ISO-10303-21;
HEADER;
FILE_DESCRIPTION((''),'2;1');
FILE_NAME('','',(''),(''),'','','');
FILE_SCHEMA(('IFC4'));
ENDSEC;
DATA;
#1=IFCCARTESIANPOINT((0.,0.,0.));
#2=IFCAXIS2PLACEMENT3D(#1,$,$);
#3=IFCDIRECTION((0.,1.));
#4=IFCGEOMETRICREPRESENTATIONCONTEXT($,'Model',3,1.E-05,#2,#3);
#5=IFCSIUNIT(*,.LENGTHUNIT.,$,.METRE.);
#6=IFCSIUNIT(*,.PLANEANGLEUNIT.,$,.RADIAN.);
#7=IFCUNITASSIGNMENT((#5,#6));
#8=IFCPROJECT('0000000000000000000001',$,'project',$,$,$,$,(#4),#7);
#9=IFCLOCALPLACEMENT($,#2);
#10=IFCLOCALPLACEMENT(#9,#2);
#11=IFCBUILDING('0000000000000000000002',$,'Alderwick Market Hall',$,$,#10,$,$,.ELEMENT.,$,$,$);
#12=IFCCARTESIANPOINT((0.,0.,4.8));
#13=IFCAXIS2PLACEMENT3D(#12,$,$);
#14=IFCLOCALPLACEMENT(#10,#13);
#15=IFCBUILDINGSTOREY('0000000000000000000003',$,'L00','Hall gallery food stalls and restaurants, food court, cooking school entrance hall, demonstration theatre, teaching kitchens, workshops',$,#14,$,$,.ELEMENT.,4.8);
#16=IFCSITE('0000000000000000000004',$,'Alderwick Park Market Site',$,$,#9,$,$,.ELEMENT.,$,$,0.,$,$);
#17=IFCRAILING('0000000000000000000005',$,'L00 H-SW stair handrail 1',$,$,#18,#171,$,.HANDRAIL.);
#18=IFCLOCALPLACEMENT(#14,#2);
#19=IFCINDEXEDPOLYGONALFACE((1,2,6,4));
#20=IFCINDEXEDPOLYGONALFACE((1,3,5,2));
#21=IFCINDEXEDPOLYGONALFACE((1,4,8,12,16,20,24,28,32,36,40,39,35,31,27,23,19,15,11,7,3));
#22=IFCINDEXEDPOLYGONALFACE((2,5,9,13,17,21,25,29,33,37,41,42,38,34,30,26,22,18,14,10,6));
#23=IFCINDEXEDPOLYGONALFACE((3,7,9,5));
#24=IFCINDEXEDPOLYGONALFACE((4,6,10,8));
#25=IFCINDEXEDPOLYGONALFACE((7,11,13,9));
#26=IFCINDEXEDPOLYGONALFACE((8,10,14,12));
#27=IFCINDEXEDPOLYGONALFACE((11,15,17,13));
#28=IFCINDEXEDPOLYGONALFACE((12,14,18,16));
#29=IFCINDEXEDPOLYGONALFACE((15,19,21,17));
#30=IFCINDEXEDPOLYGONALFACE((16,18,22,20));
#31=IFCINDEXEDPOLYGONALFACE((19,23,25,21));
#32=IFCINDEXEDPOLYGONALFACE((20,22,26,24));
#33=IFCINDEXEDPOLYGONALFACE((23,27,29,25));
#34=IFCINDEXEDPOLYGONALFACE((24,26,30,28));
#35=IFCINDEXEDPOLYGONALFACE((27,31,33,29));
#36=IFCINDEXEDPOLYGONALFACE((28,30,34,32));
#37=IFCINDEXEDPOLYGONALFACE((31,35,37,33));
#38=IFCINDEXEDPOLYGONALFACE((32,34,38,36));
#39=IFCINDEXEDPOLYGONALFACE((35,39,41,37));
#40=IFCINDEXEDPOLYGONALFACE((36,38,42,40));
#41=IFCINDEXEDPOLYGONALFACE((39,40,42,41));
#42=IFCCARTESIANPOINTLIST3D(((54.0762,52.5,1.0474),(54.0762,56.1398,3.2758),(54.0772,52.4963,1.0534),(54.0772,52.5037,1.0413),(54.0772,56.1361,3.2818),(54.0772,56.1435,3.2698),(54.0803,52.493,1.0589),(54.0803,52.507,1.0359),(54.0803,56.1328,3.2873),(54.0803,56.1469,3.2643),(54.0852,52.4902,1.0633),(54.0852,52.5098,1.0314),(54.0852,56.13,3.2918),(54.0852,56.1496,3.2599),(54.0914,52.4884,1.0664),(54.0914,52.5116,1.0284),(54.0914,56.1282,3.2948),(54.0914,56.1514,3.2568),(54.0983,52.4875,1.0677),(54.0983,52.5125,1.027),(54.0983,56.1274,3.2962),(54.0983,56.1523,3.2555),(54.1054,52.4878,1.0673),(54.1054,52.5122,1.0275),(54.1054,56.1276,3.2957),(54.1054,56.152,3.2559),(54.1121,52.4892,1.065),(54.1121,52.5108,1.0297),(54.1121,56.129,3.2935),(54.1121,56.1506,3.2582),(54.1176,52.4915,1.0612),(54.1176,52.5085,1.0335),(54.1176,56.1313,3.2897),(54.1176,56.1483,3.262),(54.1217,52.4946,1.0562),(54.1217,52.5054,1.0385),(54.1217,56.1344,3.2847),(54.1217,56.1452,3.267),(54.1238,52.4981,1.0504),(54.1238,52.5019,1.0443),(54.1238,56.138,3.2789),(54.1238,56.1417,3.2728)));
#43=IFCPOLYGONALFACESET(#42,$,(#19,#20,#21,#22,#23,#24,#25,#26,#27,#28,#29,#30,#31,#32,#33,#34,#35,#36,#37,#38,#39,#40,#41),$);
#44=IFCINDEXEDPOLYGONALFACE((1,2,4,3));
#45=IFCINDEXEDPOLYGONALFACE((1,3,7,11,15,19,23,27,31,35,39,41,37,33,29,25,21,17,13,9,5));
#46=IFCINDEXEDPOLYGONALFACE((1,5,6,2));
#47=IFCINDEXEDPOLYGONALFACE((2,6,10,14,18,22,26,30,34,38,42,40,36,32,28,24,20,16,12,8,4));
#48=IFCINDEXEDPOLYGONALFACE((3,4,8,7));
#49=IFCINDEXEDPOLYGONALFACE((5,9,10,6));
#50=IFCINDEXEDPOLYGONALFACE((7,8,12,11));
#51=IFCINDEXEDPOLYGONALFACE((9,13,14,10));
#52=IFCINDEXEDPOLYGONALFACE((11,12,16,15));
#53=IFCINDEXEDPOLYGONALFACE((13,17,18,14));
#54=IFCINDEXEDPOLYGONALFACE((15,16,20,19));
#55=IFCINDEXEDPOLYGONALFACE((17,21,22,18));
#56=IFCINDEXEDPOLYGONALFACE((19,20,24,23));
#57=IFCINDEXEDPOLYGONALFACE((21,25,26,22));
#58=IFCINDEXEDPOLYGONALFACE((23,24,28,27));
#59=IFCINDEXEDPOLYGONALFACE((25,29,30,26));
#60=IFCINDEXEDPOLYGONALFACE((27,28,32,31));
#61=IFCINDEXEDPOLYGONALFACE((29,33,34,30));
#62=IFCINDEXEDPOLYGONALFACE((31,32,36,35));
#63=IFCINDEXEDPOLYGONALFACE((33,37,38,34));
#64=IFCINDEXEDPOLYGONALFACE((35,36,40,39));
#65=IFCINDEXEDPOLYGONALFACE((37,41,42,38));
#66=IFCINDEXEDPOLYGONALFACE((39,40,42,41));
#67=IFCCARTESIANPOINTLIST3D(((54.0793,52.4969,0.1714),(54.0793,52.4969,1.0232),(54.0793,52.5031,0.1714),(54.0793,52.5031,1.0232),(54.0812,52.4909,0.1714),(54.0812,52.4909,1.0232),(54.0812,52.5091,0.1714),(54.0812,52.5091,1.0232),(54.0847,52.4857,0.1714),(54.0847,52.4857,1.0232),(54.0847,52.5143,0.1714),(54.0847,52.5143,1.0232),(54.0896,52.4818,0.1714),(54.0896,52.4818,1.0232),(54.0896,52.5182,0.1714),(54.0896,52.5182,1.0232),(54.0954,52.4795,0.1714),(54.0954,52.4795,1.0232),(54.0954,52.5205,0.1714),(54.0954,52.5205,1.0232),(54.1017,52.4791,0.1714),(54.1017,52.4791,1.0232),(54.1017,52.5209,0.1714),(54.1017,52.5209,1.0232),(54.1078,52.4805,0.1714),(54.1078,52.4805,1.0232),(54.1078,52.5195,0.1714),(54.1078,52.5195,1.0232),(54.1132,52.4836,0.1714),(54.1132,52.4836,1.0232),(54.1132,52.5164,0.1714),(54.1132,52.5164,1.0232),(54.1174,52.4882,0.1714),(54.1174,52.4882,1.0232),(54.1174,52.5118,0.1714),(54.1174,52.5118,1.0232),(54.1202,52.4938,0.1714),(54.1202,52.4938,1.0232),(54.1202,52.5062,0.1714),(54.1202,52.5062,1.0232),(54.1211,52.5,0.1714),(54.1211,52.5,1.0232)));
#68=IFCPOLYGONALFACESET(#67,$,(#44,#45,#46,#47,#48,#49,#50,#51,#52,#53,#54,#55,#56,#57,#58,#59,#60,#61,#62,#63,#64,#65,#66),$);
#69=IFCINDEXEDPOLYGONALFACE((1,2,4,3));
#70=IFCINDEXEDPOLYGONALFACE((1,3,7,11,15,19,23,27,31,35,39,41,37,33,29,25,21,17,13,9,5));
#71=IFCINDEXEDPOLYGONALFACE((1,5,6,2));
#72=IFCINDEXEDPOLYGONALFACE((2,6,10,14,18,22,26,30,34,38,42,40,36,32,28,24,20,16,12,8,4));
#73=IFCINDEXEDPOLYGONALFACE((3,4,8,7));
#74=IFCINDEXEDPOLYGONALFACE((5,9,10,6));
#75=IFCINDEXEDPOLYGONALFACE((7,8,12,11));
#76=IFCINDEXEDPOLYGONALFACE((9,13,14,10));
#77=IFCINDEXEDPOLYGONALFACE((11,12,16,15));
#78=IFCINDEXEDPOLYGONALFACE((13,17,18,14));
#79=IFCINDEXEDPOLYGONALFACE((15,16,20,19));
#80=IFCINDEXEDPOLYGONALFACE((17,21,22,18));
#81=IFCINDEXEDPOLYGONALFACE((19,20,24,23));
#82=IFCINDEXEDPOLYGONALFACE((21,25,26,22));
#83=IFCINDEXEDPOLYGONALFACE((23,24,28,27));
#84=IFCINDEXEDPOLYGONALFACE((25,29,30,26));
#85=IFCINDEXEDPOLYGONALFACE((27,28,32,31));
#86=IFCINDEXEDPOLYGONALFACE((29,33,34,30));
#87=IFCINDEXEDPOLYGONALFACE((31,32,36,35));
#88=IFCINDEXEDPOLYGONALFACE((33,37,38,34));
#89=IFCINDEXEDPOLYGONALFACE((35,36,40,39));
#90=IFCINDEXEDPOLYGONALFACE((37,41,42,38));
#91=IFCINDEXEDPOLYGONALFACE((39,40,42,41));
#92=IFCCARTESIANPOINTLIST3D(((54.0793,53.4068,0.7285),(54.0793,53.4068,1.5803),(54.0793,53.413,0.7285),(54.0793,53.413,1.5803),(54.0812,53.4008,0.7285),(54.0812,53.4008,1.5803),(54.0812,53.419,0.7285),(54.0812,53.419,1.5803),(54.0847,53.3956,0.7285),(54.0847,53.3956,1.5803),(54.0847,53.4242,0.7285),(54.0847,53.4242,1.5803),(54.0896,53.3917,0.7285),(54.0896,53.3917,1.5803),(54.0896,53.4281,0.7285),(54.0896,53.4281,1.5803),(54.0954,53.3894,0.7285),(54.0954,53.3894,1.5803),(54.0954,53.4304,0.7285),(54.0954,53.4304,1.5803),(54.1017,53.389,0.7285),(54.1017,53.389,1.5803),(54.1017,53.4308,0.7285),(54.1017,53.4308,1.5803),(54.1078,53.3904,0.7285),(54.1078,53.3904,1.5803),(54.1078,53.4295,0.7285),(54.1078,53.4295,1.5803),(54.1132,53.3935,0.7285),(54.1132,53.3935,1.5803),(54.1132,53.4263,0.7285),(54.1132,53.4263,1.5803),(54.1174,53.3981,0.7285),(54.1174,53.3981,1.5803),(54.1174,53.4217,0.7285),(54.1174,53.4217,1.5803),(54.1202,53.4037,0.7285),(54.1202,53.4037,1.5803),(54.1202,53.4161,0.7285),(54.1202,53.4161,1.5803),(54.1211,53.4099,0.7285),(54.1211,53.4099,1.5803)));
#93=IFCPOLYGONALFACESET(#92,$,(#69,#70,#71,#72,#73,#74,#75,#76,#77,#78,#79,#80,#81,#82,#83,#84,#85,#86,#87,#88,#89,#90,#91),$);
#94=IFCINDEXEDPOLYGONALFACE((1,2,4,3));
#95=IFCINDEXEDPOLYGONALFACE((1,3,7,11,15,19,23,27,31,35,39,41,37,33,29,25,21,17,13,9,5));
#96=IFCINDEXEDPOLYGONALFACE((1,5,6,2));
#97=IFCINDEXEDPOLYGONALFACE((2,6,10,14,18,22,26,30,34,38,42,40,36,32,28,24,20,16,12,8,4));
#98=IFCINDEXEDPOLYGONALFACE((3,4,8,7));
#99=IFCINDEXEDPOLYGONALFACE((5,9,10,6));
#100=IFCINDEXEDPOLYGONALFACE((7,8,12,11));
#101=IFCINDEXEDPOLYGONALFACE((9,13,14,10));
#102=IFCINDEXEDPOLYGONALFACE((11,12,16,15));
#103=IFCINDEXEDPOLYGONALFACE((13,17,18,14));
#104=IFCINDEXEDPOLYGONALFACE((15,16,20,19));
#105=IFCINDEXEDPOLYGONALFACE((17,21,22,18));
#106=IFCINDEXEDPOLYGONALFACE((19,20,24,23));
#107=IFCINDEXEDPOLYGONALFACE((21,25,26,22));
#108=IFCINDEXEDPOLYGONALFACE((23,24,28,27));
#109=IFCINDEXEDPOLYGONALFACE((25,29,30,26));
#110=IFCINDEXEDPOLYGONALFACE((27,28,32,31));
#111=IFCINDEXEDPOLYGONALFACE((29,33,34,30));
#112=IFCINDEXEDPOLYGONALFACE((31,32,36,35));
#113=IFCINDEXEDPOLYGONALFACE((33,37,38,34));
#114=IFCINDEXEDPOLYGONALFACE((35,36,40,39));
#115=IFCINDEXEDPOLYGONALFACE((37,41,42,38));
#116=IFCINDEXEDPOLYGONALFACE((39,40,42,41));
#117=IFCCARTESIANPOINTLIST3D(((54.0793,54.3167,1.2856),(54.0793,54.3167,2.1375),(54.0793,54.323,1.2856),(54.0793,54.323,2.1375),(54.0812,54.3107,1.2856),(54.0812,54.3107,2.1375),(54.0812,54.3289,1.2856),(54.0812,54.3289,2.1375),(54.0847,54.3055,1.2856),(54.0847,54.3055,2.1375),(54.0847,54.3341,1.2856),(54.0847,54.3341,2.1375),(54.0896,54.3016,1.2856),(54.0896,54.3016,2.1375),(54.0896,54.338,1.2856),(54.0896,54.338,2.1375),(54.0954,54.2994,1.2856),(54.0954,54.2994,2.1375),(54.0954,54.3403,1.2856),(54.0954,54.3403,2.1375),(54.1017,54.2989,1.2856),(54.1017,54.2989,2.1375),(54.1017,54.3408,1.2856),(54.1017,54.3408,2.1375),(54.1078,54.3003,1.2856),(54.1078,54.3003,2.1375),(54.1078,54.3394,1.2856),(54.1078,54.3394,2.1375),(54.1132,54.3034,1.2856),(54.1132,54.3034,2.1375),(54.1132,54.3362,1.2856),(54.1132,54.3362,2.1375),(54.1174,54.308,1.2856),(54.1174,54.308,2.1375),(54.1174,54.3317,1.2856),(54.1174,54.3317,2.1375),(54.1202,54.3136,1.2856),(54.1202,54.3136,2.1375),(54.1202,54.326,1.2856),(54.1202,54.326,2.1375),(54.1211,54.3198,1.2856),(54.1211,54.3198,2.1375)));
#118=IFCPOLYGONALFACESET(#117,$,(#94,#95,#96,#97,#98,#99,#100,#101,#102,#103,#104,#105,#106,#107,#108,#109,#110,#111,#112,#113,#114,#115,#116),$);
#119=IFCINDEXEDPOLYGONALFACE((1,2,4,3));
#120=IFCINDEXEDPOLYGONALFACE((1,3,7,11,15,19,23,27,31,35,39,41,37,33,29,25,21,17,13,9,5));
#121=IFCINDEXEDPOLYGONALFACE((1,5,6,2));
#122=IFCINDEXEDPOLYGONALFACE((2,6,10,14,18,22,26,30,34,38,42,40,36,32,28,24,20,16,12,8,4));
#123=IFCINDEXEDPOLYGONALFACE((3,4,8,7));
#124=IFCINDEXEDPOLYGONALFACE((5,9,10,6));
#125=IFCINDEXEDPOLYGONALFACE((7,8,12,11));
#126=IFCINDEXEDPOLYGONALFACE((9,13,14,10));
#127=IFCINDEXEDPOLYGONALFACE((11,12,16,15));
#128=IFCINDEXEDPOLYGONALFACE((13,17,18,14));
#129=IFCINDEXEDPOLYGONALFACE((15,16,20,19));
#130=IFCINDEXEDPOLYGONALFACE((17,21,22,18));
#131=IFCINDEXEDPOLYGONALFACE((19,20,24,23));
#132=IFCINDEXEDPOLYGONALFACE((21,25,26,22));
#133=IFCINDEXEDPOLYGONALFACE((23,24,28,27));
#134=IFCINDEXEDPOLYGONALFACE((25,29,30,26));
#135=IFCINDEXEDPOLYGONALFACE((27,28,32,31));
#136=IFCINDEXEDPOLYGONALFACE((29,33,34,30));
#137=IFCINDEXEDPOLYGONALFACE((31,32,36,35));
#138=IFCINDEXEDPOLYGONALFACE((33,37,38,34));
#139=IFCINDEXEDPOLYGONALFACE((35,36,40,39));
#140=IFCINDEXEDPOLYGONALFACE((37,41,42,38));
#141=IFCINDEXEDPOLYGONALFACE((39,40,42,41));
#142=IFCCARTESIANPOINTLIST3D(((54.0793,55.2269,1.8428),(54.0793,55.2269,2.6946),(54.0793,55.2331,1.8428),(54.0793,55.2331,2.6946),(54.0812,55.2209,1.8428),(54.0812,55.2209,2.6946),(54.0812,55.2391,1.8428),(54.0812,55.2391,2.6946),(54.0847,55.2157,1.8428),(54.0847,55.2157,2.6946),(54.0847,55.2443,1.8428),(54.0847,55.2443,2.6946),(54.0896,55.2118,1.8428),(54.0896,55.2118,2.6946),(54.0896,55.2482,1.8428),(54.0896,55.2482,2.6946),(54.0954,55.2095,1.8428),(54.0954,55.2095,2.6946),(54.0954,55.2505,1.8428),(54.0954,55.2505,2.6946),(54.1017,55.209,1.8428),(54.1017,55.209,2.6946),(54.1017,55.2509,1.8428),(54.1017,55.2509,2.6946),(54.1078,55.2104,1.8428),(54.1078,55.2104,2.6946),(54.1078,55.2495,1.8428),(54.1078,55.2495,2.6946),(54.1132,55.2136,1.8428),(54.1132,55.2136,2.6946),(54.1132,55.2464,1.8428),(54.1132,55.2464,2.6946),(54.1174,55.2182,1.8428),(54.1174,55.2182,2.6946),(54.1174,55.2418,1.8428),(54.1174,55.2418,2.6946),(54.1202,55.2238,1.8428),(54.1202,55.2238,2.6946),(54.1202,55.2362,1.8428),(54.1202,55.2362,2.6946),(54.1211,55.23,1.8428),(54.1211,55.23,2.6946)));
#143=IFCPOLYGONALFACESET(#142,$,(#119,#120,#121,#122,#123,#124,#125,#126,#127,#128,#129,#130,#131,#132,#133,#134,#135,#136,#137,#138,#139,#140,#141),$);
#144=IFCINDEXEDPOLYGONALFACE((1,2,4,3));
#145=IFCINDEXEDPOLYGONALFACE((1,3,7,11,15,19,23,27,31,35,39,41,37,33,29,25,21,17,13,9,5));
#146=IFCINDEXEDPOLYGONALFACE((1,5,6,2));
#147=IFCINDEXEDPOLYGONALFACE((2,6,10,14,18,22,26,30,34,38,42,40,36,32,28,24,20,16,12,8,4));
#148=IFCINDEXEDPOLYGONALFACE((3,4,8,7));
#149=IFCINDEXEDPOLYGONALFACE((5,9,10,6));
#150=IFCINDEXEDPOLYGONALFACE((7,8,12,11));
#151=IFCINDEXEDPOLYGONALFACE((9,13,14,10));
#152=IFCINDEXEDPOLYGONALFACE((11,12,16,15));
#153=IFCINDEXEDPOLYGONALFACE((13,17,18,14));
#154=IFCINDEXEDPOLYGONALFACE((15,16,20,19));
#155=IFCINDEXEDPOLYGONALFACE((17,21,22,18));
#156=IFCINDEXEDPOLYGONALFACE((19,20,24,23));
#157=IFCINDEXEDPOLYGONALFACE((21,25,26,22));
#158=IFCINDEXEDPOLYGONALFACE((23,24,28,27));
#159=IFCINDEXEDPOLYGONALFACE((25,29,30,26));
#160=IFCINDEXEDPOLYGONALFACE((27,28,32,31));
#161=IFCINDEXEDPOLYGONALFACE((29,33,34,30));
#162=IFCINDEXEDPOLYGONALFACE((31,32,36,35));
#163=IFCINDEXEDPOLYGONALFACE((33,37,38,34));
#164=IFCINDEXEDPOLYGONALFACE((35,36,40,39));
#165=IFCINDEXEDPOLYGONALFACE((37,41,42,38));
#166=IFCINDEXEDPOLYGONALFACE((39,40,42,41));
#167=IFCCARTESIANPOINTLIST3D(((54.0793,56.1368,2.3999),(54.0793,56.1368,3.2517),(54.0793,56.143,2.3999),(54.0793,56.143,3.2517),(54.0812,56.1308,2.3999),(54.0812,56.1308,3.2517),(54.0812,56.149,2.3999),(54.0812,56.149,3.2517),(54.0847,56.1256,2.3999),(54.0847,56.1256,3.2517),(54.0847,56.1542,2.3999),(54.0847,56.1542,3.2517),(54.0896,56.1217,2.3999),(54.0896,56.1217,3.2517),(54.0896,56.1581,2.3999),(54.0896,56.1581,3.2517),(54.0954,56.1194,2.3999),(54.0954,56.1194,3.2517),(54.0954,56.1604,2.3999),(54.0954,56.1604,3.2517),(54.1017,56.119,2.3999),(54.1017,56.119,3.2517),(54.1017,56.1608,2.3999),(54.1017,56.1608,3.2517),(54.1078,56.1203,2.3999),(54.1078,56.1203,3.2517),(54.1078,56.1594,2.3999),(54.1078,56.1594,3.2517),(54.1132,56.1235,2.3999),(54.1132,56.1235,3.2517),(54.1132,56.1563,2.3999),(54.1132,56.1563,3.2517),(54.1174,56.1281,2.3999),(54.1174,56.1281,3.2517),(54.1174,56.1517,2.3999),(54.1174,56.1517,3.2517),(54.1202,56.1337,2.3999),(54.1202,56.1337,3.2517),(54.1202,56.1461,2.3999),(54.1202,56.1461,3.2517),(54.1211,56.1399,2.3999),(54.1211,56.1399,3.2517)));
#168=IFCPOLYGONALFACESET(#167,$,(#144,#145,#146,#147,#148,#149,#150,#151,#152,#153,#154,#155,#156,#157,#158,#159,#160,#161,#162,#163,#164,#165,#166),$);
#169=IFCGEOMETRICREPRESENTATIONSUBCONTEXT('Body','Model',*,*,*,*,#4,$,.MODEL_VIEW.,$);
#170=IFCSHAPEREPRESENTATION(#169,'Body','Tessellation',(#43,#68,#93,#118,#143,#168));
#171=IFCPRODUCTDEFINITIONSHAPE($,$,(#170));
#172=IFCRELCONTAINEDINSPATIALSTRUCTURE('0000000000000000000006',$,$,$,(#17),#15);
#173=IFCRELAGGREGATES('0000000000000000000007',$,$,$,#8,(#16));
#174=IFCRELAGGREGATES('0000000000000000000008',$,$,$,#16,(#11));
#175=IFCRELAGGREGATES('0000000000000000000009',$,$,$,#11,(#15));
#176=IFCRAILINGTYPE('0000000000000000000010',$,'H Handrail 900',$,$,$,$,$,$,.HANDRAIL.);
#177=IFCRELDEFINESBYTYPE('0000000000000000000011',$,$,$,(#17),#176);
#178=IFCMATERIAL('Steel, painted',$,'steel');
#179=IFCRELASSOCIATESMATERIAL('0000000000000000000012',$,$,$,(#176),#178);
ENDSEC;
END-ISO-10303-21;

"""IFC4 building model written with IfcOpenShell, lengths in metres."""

from ifc_helpers import new_model, si_unit, direction, frame, origin, origin_2d, place, context, subcontext, project, spatial, circle, extrude, material, type_object, element, save


model = new_model("IFC4")

# Units and contexts
model_context = context("Model", 3, precision=1e-05, world=origin(), true_north=direction((0.0, 1.0)))
body_context = subcontext(model_context, "Body", "Model", "MODEL_VIEW")
ifc_project = project(units=[si_unit("LENGTHUNIT", "METRE"), si_unit("PLANEANGLEUNIT", "RADIAN")], contexts=[model_context])

# Site, building, storey
site_placement = place(None, origin())
site = spatial("IfcSite", under=ifc_project, at=site_placement, Name="Alderwick Park Market Site", CompositionType="ELEMENT", RefElevation=0.0)
building_placement = place(site_placement, origin())
building = spatial("IfcBuilding", under=site, at=building_placement, Name="Alderwick Market Hall", CompositionType="ELEMENT")
storey_placement = place(building_placement, frame((0.0, 0.0, 4.8)))
storey = spatial("IfcBuildingStorey", under=building, at=storey_placement, Name="L00", Description="Hall gallery food stalls and restaurants, food court, cooking school entrance hall, demonstration theatre, teaching kitchens, workshops", CompositionType="ELEMENT", Elevation=4.8)

# Railing
ifc_material_1 = material(Name="Steel, painted", Category="steel")
railing_type_1 = type_object("IfcRailingType", Name="H Handrail 900", PredefinedType="HANDRAIL", material=ifc_material_1)
railing_1_placement = place(storey_placement, frame((54.1001, 52.5, 0.1714)))
element("IfcRailing", 1, at=railing_1_placement, inside=storey, type_object=railing_type_1, Name="L00 H-SW stair handrail 1", PredefinedType="HANDRAIL", context=body_context, shape_type="SweptSolid", body=[
    extrude(circle(Radius=0.0239, at=origin_2d()), frame((0.0, 0.0, 0.876), z_axis=(0.0, 0.85285, 0.522156), x_axis=(-1.0, 0.0, 0.0)), (0.0, 0.0, 1.0), 4.2678),
    extrude(circle(Radius=0.021, at=origin_2d()), origin(), (0.0, 0.0, 1.0), 0.8518),
    extrude(circle(Radius=0.021, at=origin_2d()), frame((0.0, 0.9099, 0.5571)), (0.0, 0.0, 1.0), 0.8518),
    extrude(circle(Radius=0.021, at=origin_2d()), frame((0.0, 1.8198, 1.1143)), (0.0, 0.0, 1.0), 0.8518),
    extrude(circle(Radius=0.021, at=origin_2d()), frame((0.0, 2.73, 1.6714)), (0.0, 0.0, 1.0), 0.8518),
    extrude(circle(Radius=0.021, at=origin_2d()), frame((0.0, 3.6399, 2.2285)), (0.0, 0.0, 1.0), 0.8518),
])

save(model, "model.ifc")
